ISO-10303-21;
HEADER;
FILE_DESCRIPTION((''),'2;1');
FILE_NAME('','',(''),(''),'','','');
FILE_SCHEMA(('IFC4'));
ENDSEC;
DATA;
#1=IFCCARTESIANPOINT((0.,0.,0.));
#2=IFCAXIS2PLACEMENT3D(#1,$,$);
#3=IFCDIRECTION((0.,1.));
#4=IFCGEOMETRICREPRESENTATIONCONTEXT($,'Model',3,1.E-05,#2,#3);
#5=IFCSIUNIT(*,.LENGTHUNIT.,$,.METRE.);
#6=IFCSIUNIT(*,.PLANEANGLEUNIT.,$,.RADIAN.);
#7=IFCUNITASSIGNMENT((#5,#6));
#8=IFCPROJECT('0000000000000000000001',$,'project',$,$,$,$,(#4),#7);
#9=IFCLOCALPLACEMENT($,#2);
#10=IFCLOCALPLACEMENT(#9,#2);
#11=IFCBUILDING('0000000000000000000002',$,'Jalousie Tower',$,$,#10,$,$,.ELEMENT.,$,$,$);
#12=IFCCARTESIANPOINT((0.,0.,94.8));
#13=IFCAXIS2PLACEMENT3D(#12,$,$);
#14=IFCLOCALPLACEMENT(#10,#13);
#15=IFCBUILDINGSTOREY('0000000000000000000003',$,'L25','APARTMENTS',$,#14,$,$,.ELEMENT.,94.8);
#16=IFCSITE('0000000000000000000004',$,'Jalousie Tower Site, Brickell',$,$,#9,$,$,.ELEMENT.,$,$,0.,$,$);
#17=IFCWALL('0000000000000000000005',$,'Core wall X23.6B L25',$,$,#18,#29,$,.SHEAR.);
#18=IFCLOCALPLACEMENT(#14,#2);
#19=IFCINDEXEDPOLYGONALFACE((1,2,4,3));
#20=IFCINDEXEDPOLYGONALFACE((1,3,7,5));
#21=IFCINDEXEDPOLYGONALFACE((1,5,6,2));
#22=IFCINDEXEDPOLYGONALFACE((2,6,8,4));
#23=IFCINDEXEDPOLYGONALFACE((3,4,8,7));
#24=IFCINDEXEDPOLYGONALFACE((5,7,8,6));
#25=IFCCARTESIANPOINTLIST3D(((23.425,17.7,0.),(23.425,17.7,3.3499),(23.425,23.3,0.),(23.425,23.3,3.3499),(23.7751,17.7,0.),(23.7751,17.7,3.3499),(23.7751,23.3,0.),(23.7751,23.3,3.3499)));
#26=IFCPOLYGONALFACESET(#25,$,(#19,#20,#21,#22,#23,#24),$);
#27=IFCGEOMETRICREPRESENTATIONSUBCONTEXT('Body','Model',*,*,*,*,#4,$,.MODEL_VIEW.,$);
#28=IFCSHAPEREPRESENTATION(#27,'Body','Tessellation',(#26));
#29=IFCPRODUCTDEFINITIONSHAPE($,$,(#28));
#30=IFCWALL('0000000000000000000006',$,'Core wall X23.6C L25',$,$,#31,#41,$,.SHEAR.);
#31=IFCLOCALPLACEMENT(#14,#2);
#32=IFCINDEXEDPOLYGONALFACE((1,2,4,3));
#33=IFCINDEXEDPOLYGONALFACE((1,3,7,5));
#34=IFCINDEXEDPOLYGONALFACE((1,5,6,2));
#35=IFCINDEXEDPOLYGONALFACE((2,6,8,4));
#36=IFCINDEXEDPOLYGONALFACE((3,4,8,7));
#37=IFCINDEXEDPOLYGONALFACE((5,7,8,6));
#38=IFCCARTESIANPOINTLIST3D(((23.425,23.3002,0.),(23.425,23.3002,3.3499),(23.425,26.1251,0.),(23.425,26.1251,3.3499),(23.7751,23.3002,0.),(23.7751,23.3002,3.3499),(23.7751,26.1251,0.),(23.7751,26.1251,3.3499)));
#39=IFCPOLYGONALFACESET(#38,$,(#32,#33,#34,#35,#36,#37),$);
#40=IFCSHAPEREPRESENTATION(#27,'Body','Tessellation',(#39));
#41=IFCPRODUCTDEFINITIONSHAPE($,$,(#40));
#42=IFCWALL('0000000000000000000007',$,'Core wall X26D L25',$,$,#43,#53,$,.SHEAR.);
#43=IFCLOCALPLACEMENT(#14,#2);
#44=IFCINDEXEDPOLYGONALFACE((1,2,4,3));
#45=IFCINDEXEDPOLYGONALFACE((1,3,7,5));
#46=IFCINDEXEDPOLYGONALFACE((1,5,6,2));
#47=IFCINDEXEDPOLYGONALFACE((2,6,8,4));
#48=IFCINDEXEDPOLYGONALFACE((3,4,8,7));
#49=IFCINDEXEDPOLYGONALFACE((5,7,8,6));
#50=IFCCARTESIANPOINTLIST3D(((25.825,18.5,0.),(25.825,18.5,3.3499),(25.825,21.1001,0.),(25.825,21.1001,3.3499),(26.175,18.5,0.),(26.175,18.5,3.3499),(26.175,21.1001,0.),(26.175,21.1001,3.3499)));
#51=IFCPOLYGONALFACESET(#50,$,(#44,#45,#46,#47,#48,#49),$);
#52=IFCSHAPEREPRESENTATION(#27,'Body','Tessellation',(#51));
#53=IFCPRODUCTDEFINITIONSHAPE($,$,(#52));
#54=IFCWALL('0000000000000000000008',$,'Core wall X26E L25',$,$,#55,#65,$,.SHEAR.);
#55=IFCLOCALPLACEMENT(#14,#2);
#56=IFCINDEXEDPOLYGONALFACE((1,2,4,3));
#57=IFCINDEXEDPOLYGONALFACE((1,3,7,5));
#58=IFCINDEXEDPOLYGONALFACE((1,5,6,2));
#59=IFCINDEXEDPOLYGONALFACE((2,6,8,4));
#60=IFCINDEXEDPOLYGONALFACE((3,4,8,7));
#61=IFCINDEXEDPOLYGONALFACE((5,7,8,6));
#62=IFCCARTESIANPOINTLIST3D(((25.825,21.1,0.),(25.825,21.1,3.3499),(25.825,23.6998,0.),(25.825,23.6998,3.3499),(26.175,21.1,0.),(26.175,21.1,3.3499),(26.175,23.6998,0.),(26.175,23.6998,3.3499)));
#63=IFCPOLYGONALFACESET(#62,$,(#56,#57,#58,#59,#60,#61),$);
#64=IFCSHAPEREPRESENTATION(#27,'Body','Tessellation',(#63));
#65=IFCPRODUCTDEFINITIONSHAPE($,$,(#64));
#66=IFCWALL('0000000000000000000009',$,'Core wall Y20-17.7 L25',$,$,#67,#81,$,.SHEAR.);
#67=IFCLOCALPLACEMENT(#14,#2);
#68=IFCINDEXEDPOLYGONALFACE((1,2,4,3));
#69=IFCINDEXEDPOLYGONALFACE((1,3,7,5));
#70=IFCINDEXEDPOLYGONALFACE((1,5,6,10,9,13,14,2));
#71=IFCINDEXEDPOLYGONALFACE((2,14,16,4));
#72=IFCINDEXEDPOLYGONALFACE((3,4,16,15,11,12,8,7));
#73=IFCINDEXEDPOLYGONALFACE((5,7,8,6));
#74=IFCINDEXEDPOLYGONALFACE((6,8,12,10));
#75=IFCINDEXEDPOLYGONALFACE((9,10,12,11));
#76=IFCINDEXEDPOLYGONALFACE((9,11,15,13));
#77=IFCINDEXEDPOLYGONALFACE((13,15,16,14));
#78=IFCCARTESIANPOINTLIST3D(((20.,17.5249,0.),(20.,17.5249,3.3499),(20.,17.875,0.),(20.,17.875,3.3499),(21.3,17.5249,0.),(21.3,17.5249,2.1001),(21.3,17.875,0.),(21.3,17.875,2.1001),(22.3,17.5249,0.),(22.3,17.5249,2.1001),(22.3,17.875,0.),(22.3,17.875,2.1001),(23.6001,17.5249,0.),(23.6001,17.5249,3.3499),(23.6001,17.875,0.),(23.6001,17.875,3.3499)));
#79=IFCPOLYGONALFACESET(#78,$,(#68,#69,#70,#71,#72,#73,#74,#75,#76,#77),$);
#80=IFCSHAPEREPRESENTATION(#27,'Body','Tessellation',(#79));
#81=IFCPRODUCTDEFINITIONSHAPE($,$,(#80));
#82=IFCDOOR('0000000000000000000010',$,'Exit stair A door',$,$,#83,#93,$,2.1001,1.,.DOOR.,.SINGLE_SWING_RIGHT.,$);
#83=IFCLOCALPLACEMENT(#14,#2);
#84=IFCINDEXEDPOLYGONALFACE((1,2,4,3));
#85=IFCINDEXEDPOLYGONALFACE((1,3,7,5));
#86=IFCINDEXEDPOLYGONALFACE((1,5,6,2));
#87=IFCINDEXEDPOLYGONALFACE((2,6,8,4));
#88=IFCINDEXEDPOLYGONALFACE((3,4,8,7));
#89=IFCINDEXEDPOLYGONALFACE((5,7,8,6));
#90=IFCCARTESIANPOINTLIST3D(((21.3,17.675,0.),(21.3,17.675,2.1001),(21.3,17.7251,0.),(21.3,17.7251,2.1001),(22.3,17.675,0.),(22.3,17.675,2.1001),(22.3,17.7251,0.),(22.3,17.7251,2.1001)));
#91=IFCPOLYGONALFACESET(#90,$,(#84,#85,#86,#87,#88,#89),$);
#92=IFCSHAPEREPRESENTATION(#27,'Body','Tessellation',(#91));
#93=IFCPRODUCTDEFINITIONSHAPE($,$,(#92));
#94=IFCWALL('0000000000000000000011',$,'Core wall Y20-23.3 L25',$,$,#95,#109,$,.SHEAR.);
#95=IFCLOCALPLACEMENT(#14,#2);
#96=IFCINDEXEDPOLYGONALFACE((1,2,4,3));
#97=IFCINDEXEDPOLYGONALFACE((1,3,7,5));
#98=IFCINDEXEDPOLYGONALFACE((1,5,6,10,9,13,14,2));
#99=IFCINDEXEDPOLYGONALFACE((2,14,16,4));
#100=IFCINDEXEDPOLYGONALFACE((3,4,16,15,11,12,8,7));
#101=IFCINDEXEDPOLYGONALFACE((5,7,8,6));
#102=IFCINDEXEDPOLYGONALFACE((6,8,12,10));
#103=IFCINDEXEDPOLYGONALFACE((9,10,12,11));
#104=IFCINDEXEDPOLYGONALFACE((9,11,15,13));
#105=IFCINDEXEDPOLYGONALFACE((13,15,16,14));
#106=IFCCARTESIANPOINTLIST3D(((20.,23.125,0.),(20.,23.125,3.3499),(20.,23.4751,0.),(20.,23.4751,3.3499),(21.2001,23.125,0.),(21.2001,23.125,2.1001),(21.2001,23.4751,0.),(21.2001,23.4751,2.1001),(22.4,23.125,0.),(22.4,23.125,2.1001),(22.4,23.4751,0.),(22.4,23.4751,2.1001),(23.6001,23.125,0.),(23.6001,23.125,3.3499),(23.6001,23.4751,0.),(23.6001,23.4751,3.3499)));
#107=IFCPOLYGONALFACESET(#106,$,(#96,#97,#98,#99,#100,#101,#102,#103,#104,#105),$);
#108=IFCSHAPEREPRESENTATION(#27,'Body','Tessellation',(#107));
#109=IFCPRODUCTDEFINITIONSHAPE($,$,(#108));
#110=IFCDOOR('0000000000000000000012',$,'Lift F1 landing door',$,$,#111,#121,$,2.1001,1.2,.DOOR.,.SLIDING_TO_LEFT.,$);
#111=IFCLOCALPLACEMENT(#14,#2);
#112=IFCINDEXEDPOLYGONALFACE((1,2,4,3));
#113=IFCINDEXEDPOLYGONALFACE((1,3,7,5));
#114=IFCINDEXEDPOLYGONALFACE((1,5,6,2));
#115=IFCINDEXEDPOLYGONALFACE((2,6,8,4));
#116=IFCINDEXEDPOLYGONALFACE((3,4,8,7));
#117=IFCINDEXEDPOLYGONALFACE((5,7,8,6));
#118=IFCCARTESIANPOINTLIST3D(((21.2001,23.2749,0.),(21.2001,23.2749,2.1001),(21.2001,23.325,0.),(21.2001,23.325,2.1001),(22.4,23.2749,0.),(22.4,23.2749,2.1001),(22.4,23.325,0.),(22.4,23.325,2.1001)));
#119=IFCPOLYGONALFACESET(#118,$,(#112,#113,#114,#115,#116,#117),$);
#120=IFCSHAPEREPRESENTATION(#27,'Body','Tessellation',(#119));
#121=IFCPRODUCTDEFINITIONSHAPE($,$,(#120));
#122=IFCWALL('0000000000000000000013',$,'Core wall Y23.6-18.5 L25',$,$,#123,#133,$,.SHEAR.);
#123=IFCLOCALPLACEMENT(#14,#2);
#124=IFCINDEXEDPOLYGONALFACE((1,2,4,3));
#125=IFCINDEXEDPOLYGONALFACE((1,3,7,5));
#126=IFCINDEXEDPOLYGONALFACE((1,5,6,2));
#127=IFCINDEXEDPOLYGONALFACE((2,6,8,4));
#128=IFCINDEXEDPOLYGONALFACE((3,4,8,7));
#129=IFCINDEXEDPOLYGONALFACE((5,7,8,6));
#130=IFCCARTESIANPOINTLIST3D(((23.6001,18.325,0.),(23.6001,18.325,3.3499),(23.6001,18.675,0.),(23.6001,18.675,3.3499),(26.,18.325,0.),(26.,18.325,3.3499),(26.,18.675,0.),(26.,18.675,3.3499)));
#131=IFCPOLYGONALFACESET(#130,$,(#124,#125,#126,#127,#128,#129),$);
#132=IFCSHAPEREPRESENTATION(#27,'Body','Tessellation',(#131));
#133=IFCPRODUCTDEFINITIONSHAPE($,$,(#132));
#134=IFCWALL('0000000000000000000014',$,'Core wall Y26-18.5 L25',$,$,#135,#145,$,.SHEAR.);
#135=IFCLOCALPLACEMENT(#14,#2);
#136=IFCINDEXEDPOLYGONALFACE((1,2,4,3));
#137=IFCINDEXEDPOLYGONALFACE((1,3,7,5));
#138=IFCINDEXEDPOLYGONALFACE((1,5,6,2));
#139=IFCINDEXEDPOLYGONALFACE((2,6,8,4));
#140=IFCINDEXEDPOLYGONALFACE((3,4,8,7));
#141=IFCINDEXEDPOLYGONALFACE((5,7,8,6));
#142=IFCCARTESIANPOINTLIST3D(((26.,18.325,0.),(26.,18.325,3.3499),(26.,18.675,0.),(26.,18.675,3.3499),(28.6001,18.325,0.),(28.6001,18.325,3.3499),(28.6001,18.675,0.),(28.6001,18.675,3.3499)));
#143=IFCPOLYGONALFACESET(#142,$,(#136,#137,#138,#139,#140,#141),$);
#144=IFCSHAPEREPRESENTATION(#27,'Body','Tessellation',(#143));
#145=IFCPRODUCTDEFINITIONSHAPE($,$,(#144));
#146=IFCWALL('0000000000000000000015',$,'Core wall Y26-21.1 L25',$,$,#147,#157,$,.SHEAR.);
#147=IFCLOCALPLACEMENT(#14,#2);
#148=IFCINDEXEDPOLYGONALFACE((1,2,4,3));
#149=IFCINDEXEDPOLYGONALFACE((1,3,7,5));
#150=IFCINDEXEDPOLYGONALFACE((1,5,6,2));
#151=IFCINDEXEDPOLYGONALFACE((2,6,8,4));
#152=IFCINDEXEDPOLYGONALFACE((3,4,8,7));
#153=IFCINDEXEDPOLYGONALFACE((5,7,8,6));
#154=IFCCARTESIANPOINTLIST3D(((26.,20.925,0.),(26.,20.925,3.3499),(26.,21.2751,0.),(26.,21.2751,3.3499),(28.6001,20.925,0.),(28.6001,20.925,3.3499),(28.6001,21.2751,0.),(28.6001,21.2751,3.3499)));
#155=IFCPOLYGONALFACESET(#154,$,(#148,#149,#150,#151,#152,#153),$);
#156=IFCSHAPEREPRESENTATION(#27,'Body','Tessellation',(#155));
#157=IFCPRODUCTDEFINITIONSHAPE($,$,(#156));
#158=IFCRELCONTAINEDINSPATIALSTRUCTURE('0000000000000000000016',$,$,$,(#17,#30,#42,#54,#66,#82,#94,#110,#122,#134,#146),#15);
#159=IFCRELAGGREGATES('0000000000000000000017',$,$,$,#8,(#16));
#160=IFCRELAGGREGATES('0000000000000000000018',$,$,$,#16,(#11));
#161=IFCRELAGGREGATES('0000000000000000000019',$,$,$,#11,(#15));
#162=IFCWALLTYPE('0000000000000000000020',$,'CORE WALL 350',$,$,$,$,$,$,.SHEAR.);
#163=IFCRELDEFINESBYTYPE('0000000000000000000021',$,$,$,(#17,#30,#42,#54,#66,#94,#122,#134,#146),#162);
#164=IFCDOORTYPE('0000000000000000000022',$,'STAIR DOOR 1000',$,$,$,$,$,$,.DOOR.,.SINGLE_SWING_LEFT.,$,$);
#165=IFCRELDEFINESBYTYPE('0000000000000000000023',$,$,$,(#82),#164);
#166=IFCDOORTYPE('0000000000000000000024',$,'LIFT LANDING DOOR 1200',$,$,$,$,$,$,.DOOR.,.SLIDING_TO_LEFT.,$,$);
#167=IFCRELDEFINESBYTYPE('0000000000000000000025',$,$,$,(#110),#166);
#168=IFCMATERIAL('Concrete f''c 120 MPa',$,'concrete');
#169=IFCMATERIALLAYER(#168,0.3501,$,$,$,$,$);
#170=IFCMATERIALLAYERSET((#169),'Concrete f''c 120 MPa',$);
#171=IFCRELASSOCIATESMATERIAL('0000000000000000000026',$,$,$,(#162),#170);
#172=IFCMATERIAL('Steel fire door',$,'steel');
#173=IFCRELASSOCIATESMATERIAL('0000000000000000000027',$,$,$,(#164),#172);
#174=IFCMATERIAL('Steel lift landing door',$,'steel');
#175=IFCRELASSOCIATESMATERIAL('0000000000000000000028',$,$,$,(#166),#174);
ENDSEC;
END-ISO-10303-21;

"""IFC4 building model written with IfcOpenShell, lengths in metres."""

from ifc_helpers import new_model, si_unit, direction, frame, frame_2d, origin, place, context, subcontext, project, spatial, rectangle, extrude, material, layer, layer_set, type_object, element, fill, save


model = new_model("IFC4")

# Units and contexts
model_context = context("Model", 3, precision=1e-05, world=origin(), true_north=direction((0.0, 1.0)))
body_context = subcontext(model_context, "Body", "Model", "MODEL_VIEW")
ifc_project = project(units=[si_unit("LENGTHUNIT", "METRE"), si_unit("PLANEANGLEUNIT", "RADIAN")], contexts=[model_context])

# Site, building, storey
site_placement = place(None, origin())
site = spatial("IfcSite", under=ifc_project, at=site_placement, Name="Jalousie Tower Site, Brickell", CompositionType="ELEMENT", RefElevation=0.0)
building_placement = place(site_placement, origin())
building = spatial("IfcBuilding", under=site, at=building_placement, Name="Jalousie Tower", CompositionType="ELEMENT")
storey_placement = place(building_placement, frame((0.0, 0.0, 94.8)))
storey = spatial("IfcBuildingStorey", under=building, at=storey_placement, Name="L25", Description="APARTMENTS", CompositionType="ELEMENT", Elevation=94.8)

# Walls
ifc_material_1 = material(Name="Concrete f'c 120 MPa", Category="concrete")
ifc_layer_1 = layer(ifc_material_1, 0.3501)
ifc_layer_set_1 = layer_set([ifc_layer_1], Name="Concrete f'c 120 MPa")
wall_type_1 = type_object("IfcWallType", Name="CORE WALL 350", PredefinedType="SHEAR", material=ifc_layer_set_1)
wall_1_placement = place(storey_placement, frame((23.6001, 17.7, 0.0), z_axis=(0.0, 0.0, 1.0), x_axis=(0.0, 1.0, 0.0)))
element("IfcWall", 1, at=wall_1_placement, inside=storey, type_object=wall_type_1, Name="Core wall X23.6B L25", PredefinedType="SHEAR", context=body_context, shape_type="SweptSolid", body=[
    extrude(rectangle(XDim=5.6001, YDim=0.3501, at=frame_2d((2.8, 0.0))), origin(), (0.0, 0.0, 1.0), 3.3499),
])
wall_2_placement = place(storey_placement, frame((23.6001, 23.3, 0.0), z_axis=(0.0, 0.0, 1.0), x_axis=(0.0, 1.0, 0.0)))
element("IfcWall", 2, at=wall_2_placement, inside=storey, type_object=wall_type_1, Name="Core wall X23.6C L25", PredefinedType="SHEAR", context=body_context, shape_type="SweptSolid", body=[
    extrude(rectangle(XDim=2.825, YDim=0.3501, at=frame_2d((1.4126, 0.0))), origin(), (0.0, 0.0, 1.0), 3.3499),
])
wall_3_placement = place(storey_placement, frame((26.0, 18.5, 0.0), z_axis=(0.0, 0.0, 1.0), x_axis=(0.0, 1.0, 0.0)))
element("IfcWall", 3, at=wall_3_placement, inside=storey, type_object=wall_type_1, Name="Core wall X26D L25", PredefinedType="SHEAR", context=body_context, shape_type="SweptSolid", body=[
    extrude(rectangle(XDim=2.6001, YDim=0.3501, at=frame_2d((1.3, 0.0))), origin(), (0.0, 0.0, 1.0), 3.3499),
])
wall_4_placement = place(storey_placement, frame((26.0, 21.1001, 0.0), z_axis=(0.0, 0.0, 1.0), x_axis=(0.0, 1.0, 0.0)))
element("IfcWall", 4, at=wall_4_placement, inside=storey, type_object=wall_type_1, Name="Core wall X26E L25", PredefinedType="SHEAR", context=body_context, shape_type="SweptSolid", body=[
    extrude(rectangle(XDim=2.5999, YDim=0.3501, at=frame_2d((1.2998, 0.0))), origin(), (0.0, 0.0, 1.0), 3.3499),
])

# Walls, openings, doors
wall_5_placement = place(storey_placement, frame((20.0, 17.7, 0.0), z_axis=(0.0, 0.0, 1.0), x_axis=(1.0, 0.0, 0.0)))
wall_5 = element("IfcWall", 5, at=wall_5_placement, inside=storey, type_object=wall_type_1, Name="Core wall Y20-17.7 L25", PredefinedType="SHEAR", context=body_context, shape_type="SweptSolid", body=[
    extrude(rectangle(XDim=3.6001, YDim=0.3501, at=frame_2d((1.8, 0.0))), origin(), (0.0, 0.0, 1.0), 3.3499),
])
opening_1_placement = place(wall_5_placement, frame((1.3, 0.0, 0.0)))
opening_1 = element("IfcOpeningElement", 6, at=opening_1_placement, cuts=wall_5, PredefinedType="OPENING", context=body_context, shape_type="SweptSolid", body=[
    extrude(rectangle(XDim=1.0, YDim=2.1001, at=frame_2d((0.5, 1.05))), frame((0.0, 0.1851, 0.0), z_axis=(0.0, -1.0, 0.0), x_axis=(1.0, 0.0, 0.0)), (0.0, 0.0, 1.0), 0.3701),
])
ifc_material_2 = material(Name="Steel fire door", Category="steel")
door_type_1 = type_object("IfcDoorType", Name="STAIR DOOR 1000", OperationType="SINGLE_SWING_LEFT", PredefinedType="DOOR", material=ifc_material_2)
door_1_placement = place(opening_1_placement, frame((1.0, 0.0, 0.0), z_axis=(0.0, 0.0, 1.0), x_axis=(-1.0, 0.0, 0.0)))
door_1 = element("IfcDoor", 7, at=door_1_placement, inside=storey, type_object=door_type_1, Name="Exit stair A door", OperationType="SINGLE_SWING_RIGHT", OverallHeight=2.1001, OverallWidth=1.0, PredefinedType="DOOR", context=body_context, shape_type="SweptSolid", body=[
    extrude(rectangle(XDim=1.0, YDim=2.1001, at=frame_2d((0.5, 1.05))), frame((0.0, 0.0249, 0.0), z_axis=(0.0, -1.0, 0.0), x_axis=(1.0, 0.0, 0.0)), (0.0, 0.0, 1.0), 0.05),
])
fill(opening_1, door_1)
wall_6_placement = place(storey_placement, frame((20.0, 23.3, 0.0), z_axis=(0.0, 0.0, 1.0), x_axis=(1.0, 0.0, 0.0)))
wall_6 = element("IfcWall", 8, at=wall_6_placement, inside=storey, type_object=wall_type_1, Name="Core wall Y20-23.3 L25", PredefinedType="SHEAR", context=body_context, shape_type="SweptSolid", body=[
    extrude(rectangle(XDim=3.6001, YDim=0.3501, at=frame_2d((1.8, 0.0))), origin(), (0.0, 0.0, 1.0), 3.3499),
])
opening_2_placement = place(wall_6_placement, frame((1.2, 0.0, 0.0)))
opening_2 = element("IfcOpeningElement", 9, at=opening_2_placement, cuts=wall_6, PredefinedType="OPENING", context=body_context, shape_type="SweptSolid", body=[
    extrude(rectangle(XDim=1.2, YDim=2.1001, at=frame_2d((0.6001, 1.05))), frame((0.0, 0.1851, 0.0), z_axis=(0.0, -1.0, 0.0), x_axis=(1.0, 0.0, 0.0)), (0.0, 0.0, 1.0), 0.3701),
])
ifc_material_3 = material(Name="Steel lift landing door", Category="steel")
door_type_2 = type_object("IfcDoorType", Name="LIFT LANDING DOOR 1200", OperationType="SLIDING_TO_LEFT", PredefinedType="DOOR", material=ifc_material_3)
door_2_placement = place(opening_2_placement, origin())
door_2 = element("IfcDoor", 10, at=door_2_placement, inside=storey, type_object=door_type_2, Name="Lift F1 landing door", OperationType="SLIDING_TO_LEFT", OverallHeight=2.1001, OverallWidth=1.2, PredefinedType="DOOR", context=body_context, shape_type="SweptSolid", body=[
    extrude(rectangle(XDim=1.2, YDim=2.1001, at=frame_2d((0.6001, 1.05))), frame((0.0, 0.0249, 0.0), z_axis=(0.0, -1.0, 0.0), x_axis=(1.0, 0.0, 0.0)), (0.0, 0.0, 1.0), 0.05),
])
fill(opening_2, door_2)

# Walls
wall_7_placement = place(storey_placement, frame((23.6001, 18.5, 0.0), z_axis=(0.0, 0.0, 1.0), x_axis=(1.0, 0.0, 0.0)))
element("IfcWall", 11, at=wall_7_placement, inside=storey, type_object=wall_type_1, Name="Core wall Y23.6-18.5 L25", PredefinedType="SHEAR", context=body_context, shape_type="SweptSolid", body=[
    extrude(rectangle(XDim=2.3999, YDim=0.3501, at=frame_2d((1.2, 0.0))), origin(), (0.0, 0.0, 1.0), 3.3499),
])
for number, where, z_axis, x_axis, name in (
    (12, (26.0, 18.5, 0.0), (0.0, 0.0, 1.0), (1.0, 0.0, 0.0), "Core wall Y26-18.5 L25"),
    (13, (26.0, 21.1001, 0.0), (0.0, 0.0, 1.0), (1.0, 0.0, 0.0), "Core wall Y26-21.1 L25"),
):
    element("IfcWall", number, at=place(storey_placement, frame(where, z_axis=z_axis, x_axis=x_axis)), inside=storey, type_object=wall_type_1, Name=name, PredefinedType="SHEAR", context=body_context, shape_type="SweptSolid", body=[
        extrude(rectangle(XDim=2.6001, YDim=0.3501, at=frame_2d((1.3, 0.0))), origin(), (0.0, 0.0, 1.0), 3.3499),
    ])

save(model, "model.ifc")
